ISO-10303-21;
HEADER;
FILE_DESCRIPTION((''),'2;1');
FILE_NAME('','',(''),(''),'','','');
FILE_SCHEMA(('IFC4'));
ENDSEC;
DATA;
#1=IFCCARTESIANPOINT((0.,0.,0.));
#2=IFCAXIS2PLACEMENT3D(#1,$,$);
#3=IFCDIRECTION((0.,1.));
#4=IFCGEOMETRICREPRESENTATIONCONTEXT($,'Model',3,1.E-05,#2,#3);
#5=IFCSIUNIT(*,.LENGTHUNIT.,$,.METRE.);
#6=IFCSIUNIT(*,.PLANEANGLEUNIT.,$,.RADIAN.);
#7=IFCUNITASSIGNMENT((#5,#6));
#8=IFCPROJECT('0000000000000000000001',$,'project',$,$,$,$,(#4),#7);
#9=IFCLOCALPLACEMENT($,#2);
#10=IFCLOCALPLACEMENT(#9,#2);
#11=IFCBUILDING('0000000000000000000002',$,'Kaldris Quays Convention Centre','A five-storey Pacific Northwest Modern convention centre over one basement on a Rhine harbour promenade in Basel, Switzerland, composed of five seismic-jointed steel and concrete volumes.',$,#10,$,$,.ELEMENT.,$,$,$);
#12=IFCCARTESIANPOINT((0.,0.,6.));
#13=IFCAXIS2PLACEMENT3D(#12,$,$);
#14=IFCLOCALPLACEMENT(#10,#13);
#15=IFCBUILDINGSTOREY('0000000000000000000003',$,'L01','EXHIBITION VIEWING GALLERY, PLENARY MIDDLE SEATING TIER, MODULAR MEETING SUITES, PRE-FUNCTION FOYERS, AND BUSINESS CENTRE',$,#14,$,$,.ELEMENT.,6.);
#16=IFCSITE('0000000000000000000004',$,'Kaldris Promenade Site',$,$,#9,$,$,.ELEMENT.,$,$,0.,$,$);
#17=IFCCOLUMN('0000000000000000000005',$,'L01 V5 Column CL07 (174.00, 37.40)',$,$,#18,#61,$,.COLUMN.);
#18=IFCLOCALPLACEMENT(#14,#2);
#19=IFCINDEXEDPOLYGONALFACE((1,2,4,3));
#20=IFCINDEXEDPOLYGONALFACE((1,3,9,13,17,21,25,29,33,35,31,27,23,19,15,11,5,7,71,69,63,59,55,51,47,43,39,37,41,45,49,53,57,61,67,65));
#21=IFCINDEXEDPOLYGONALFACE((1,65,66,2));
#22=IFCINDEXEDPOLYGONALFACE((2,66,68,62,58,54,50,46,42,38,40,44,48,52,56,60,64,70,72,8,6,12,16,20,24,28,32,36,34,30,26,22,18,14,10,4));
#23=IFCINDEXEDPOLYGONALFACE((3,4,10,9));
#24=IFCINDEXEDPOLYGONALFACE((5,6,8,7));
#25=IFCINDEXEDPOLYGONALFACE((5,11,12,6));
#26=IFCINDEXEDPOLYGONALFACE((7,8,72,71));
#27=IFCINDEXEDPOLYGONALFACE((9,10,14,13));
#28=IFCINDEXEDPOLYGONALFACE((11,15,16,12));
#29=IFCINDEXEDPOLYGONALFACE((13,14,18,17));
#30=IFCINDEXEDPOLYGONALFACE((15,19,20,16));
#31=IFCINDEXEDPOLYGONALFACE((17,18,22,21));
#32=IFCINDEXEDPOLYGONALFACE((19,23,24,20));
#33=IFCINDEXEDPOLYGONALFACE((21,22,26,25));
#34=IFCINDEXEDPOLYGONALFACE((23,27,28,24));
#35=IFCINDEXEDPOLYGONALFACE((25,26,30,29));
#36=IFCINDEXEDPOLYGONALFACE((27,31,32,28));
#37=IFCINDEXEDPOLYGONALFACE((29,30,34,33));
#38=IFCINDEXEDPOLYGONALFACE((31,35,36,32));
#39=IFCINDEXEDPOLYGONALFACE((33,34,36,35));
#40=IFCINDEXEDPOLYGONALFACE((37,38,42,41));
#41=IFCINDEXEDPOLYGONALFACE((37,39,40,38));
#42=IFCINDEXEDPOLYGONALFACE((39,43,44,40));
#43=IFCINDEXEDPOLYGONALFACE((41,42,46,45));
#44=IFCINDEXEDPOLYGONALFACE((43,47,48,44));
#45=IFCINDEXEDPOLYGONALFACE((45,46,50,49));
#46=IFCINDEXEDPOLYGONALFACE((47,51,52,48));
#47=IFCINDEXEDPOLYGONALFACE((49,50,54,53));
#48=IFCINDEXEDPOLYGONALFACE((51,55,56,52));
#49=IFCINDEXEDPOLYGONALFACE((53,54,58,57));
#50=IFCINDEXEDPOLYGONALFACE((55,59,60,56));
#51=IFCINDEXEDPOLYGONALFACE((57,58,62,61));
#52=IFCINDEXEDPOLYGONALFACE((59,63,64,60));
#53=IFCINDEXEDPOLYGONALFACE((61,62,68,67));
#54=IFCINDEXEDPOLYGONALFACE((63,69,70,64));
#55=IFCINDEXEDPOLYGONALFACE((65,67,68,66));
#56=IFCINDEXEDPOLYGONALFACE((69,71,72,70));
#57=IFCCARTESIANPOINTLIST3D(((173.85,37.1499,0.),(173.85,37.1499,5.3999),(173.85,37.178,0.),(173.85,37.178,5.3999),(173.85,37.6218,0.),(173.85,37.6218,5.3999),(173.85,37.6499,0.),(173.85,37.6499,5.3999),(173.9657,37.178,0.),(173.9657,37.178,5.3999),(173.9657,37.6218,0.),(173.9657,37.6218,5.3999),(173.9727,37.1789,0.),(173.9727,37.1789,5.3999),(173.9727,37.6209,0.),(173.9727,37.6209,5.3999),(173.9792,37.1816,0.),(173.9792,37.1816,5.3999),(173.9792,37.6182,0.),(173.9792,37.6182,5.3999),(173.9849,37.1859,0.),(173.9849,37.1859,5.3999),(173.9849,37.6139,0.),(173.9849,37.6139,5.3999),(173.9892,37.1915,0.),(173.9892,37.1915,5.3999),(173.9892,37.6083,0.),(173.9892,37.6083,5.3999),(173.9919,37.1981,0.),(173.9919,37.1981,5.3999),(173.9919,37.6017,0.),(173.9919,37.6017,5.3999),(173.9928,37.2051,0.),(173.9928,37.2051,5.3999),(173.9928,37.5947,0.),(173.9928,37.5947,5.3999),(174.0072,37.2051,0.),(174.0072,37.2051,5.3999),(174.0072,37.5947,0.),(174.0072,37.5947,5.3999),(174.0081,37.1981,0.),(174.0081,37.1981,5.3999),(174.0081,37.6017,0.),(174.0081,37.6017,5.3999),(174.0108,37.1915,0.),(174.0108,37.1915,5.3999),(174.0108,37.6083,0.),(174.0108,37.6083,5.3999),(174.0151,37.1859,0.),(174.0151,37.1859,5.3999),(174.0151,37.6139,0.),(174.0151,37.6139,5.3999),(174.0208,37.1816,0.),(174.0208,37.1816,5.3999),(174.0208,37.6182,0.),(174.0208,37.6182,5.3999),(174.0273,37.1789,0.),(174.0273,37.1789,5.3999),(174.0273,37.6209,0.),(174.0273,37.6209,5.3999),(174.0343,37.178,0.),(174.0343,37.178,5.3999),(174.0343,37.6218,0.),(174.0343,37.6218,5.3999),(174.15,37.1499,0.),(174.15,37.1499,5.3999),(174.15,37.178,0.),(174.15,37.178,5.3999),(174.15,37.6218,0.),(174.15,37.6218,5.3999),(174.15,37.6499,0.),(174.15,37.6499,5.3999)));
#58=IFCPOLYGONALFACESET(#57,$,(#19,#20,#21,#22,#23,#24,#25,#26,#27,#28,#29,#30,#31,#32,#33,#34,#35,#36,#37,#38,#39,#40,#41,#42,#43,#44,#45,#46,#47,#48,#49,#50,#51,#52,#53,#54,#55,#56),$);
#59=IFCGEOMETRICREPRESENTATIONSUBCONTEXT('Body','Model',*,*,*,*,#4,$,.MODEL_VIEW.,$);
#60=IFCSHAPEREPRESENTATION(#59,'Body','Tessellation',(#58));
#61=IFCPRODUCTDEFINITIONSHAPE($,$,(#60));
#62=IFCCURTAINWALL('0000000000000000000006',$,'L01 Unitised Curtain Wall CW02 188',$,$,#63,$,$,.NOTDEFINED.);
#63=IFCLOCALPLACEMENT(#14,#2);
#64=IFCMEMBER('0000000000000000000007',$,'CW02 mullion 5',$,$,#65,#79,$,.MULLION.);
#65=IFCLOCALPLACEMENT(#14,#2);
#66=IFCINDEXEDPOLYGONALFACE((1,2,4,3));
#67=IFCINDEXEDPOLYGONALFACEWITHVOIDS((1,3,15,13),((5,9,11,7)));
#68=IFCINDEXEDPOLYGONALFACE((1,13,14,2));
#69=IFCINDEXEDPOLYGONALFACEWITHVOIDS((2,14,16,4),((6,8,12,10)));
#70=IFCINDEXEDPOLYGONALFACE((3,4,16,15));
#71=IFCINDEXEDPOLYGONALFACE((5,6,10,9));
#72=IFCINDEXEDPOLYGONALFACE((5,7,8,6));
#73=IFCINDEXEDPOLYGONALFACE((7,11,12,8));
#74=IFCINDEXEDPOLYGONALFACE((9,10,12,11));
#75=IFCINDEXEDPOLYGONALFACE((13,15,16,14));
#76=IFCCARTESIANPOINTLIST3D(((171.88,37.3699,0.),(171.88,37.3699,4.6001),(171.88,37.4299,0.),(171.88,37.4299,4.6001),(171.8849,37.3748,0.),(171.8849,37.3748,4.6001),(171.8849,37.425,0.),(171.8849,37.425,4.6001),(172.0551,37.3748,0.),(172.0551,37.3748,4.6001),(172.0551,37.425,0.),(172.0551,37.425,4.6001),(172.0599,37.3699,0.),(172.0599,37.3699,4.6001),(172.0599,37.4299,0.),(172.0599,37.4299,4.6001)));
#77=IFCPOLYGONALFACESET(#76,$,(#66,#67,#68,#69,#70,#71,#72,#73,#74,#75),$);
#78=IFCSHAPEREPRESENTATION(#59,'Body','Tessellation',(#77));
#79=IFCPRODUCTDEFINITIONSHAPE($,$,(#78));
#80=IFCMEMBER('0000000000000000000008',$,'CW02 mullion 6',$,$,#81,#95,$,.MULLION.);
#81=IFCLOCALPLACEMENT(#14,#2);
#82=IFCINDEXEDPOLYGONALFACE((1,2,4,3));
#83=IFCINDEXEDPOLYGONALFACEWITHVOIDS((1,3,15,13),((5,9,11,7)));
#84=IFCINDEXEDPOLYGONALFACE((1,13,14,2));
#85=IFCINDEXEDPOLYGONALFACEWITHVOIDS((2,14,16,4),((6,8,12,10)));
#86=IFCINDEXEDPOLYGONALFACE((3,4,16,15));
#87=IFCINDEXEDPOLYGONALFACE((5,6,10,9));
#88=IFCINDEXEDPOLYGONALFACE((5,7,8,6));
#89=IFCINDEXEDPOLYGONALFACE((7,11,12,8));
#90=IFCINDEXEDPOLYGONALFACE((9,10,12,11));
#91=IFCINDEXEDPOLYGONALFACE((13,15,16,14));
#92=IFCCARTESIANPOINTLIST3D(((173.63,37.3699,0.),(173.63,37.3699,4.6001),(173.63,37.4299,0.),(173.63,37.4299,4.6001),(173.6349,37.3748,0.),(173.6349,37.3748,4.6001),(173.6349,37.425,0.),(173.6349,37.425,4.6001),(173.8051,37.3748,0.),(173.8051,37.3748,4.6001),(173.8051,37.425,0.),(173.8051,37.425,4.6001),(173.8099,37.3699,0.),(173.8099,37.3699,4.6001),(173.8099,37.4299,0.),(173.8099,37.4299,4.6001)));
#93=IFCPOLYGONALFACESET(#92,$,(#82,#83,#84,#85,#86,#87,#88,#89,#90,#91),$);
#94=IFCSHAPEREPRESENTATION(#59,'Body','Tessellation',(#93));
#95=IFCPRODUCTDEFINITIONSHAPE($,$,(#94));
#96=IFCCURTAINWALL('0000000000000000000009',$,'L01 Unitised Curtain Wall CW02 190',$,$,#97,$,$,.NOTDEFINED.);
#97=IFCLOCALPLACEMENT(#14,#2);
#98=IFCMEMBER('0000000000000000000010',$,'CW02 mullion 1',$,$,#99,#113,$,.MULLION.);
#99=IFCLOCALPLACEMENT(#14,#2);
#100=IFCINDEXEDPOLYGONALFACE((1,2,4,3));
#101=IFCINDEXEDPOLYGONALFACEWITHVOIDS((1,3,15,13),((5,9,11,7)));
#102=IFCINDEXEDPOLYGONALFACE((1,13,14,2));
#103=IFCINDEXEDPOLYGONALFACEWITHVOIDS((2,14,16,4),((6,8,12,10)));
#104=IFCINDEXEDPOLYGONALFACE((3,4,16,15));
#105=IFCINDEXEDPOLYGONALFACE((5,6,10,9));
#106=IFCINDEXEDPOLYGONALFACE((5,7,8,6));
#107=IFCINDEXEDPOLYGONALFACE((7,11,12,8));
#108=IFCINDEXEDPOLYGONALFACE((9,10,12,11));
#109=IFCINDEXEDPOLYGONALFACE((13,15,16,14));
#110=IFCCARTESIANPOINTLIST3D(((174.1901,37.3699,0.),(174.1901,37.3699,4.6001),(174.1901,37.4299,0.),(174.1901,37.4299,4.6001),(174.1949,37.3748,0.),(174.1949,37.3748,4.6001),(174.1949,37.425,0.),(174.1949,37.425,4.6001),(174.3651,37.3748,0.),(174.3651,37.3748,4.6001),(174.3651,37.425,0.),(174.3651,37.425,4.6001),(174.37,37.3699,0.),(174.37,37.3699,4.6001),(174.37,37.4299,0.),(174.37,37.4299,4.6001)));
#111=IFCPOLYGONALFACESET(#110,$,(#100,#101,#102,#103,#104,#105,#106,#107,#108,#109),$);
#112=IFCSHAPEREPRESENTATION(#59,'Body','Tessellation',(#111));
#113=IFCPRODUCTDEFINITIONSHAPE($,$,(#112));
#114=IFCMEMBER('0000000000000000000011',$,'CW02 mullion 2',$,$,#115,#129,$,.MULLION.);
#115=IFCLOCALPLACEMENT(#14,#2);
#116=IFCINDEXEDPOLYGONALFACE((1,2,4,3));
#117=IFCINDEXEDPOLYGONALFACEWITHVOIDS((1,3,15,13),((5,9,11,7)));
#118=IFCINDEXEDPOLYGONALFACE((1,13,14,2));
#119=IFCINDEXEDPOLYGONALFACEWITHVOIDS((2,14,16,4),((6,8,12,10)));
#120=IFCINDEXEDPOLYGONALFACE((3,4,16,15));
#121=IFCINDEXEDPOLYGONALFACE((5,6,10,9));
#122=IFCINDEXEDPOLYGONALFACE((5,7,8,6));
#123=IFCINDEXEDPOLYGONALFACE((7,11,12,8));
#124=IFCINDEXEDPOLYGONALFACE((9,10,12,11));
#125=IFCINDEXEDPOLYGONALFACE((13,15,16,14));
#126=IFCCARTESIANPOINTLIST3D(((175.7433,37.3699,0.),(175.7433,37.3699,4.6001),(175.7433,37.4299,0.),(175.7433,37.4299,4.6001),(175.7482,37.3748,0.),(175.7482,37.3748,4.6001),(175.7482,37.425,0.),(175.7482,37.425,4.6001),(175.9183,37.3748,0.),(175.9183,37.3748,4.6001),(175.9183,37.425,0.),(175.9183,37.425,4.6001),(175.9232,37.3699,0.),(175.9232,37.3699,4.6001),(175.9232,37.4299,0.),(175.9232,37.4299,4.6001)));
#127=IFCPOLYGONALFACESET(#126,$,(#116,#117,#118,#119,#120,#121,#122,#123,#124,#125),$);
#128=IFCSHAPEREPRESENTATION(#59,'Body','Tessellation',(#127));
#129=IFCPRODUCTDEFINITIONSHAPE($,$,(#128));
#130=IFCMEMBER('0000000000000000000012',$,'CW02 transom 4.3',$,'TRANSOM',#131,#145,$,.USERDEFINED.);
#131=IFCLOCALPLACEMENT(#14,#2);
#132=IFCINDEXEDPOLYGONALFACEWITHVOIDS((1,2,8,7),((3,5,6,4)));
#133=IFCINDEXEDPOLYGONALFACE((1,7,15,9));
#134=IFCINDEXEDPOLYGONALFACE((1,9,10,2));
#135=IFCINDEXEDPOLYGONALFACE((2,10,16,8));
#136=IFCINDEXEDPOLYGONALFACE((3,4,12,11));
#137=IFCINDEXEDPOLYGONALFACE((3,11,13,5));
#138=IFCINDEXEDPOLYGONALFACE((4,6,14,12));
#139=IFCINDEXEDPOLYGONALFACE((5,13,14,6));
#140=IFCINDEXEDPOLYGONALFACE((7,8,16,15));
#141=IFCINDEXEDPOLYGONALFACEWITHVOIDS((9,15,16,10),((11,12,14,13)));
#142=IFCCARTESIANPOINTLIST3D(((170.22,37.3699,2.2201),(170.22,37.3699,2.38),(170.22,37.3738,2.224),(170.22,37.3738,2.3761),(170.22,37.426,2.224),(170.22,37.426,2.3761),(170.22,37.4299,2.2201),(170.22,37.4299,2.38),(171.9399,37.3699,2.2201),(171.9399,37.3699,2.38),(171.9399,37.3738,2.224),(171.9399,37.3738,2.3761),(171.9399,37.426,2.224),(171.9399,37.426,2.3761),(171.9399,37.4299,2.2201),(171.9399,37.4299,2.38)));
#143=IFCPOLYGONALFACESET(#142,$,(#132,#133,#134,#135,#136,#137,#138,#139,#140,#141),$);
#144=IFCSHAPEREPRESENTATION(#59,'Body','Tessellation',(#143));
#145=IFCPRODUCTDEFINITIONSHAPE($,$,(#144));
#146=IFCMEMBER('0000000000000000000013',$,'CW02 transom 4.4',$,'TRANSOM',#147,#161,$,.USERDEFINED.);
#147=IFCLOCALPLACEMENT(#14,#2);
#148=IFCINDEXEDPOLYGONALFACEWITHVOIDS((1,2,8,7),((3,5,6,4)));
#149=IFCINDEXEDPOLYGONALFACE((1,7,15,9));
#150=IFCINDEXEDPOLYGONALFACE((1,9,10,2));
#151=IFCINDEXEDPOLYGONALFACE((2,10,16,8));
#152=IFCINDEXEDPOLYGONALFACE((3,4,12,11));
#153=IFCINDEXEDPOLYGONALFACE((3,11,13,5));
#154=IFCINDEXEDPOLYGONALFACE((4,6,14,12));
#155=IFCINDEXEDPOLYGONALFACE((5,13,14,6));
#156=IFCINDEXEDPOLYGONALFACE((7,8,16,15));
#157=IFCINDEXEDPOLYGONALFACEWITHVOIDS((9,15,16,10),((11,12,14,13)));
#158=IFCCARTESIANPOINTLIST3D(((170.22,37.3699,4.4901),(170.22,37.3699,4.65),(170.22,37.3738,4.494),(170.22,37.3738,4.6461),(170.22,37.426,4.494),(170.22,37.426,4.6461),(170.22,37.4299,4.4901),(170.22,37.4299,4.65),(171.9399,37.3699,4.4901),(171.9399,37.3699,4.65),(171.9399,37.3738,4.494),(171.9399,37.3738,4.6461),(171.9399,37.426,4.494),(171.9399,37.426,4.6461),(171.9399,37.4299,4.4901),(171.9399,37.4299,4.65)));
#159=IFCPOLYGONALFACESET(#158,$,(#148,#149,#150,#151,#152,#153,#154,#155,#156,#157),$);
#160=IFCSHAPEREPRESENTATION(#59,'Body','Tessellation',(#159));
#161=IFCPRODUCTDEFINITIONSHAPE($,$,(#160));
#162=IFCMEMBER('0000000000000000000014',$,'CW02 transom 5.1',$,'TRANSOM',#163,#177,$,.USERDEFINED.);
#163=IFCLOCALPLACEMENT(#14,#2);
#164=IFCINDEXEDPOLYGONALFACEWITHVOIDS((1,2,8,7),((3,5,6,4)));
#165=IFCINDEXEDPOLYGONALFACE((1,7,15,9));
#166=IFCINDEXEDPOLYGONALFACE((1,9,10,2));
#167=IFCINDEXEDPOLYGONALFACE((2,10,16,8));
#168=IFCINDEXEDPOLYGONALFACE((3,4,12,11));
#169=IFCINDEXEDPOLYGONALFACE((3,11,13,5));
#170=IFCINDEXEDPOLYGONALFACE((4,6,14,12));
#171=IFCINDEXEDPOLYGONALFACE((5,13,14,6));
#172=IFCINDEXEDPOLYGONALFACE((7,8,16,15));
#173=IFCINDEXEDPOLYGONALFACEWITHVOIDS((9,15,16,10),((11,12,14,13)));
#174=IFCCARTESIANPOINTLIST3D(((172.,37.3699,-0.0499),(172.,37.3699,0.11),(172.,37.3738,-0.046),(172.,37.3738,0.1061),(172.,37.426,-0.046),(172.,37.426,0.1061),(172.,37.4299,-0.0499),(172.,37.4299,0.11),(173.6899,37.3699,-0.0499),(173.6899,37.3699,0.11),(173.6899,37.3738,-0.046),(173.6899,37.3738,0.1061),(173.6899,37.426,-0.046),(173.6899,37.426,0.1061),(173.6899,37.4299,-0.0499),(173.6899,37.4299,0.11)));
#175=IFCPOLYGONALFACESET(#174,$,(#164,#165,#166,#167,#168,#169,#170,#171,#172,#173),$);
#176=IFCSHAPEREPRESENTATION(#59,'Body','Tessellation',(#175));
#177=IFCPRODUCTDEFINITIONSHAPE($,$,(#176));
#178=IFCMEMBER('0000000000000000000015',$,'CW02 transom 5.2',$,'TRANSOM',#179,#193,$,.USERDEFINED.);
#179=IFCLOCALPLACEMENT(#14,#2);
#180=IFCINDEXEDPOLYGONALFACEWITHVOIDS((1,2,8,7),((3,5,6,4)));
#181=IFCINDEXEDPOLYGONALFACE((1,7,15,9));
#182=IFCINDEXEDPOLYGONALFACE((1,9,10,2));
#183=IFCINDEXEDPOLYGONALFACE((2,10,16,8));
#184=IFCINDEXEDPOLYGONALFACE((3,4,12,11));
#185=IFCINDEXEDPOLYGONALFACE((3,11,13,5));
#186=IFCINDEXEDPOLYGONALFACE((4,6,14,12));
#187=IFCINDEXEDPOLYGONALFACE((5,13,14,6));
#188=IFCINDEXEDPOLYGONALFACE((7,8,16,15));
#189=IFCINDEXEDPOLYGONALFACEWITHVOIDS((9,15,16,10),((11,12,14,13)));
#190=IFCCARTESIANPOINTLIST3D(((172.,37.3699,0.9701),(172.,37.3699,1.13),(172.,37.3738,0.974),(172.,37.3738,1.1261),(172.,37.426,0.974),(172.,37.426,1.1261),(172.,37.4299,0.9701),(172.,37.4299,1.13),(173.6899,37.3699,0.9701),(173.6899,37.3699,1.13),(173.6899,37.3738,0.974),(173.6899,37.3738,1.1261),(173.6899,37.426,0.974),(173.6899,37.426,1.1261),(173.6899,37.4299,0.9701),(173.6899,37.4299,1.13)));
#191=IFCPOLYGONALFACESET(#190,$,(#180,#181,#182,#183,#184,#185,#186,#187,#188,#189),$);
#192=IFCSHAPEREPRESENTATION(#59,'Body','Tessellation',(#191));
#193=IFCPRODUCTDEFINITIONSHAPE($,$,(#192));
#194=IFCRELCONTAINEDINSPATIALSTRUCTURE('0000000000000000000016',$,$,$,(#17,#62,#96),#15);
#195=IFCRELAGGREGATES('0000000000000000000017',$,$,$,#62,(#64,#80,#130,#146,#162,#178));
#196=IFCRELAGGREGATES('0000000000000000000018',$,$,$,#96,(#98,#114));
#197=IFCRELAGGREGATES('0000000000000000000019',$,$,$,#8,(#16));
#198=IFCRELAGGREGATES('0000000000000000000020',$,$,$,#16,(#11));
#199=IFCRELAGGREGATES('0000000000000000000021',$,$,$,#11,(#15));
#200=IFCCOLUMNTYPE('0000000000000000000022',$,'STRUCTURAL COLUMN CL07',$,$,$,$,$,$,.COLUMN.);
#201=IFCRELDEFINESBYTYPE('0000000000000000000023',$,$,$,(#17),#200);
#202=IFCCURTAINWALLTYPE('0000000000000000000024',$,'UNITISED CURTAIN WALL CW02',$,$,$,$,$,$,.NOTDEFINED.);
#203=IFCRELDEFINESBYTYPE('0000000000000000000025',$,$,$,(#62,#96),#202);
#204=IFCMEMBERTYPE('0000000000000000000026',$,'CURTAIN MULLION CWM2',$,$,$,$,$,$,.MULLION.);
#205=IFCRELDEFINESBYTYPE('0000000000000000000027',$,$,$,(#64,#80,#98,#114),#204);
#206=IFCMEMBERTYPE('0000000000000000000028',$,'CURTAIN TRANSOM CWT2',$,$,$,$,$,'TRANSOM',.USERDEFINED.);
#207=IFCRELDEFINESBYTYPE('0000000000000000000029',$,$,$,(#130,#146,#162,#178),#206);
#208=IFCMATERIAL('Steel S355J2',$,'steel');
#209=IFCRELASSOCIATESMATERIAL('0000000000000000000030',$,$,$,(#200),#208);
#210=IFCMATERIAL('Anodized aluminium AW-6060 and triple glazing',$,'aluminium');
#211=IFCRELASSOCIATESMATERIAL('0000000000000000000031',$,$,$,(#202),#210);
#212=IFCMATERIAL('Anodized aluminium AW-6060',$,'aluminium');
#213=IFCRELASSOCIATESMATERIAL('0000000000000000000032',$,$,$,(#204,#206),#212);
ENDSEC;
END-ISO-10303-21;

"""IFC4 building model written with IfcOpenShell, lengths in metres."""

from ifc_helpers import new_model, si_unit, direction, frame, origin, origin_2d, place, context, subcontext, project, spatial, hollow_rectangle, i_section, extrude, material, material_profile, profile_set, type_object, element, aggregate, save


model = new_model("IFC4")

# Units and contexts
model_context = context("Model", 3, precision=1e-05, world=origin(), true_north=direction((0.0, 1.0)))
body_context = subcontext(model_context, "Body", "Model", "MODEL_VIEW")
ifc_project = project(units=[si_unit("LENGTHUNIT", "METRE"), si_unit("PLANEANGLEUNIT", "RADIAN")], contexts=[model_context])

# Site, building, storey
site_placement = place(None, origin())
site = spatial("IfcSite", under=ifc_project, at=site_placement, Name="Kaldris Promenade Site", CompositionType="ELEMENT", RefElevation=0.0)
building_placement = place(site_placement, origin())
building = spatial("IfcBuilding", under=site, at=building_placement, Name="Kaldris Quays Convention Centre", Description="A five-storey Pacific Northwest Modern convention centre over one basement on a Rhine harbour promenade in Basel, Switzerland, composed of five seismic-jointed steel and concrete volumes.", CompositionType="ELEMENT")
storey_placement = place(building_placement, frame((0.0, 0.0, 6.0)))
storey = spatial("IfcBuildingStorey", under=building, at=storey_placement, Name="L01", Description="EXHIBITION VIEWING GALLERY, PLENARY MIDDLE SEATING TIER, MODULAR MEETING SUITES, PRE-FUNCTION FOYERS, AND BUSINESS CENTRE", CompositionType="ELEMENT", Elevation=6.0)

# Column
ifc_material_1 = material(Name="Steel S355J2", Category="steel")
ifc_material_profile_1 = material_profile(ifc_material_1, i_section(OverallWidth=0.3, OverallDepth=0.5, WebThickness=0.0144, FlangeThickness=0.0281, FilletRadius=0.0271, at=origin_2d()), Name="HEB 500")
ifc_profile_set_1 = profile_set([ifc_material_profile_1], Name="Steel S355J2")
column_type = type_object("IfcColumnType", Name="STRUCTURAL COLUMN CL07", PredefinedType="COLUMN", material=ifc_profile_set_1)
column_placement = place(storey_placement, frame((174.0, 37.3999, 0.0), z_axis=(0.0, 0.0, 1.0), x_axis=(1.0, 0.0, 0.0)))
element("IfcColumn", 1, at=column_placement, inside=storey, type_object=column_type, Name="L01 V5 Column CL07 (174.00, 37.40)", PredefinedType="COLUMN", context=body_context, shape_type="SweptSolid", body=[
    extrude(i_section(OverallWidth=0.3, OverallDepth=0.5, WebThickness=0.0144, FlangeThickness=0.0281, FilletRadius=0.0271, at=origin_2d()), origin(), (0.0, 0.0, 1.0), 5.3999),
])

# Curtain walls, members
ifc_material_2 = material(Name="Anodized aluminium AW-6060 and triple glazing", Category="aluminium")
curtain_wall_type = type_object("IfcCurtainWallType", Name="UNITISED CURTAIN WALL CW02", PredefinedType="NOTDEFINED", material=ifc_material_2)
curtain_wall_1_placement = place(storey_placement, origin())
curtain_wall_1 = element("IfcCurtainWall", 2, at=curtain_wall_1_placement, inside=storey, type_object=curtain_wall_type, Name="L01 Unitised Curtain Wall CW02 188", PredefinedType="NOTDEFINED")
ifc_material_3 = material(Name="Anodized aluminium AW-6060", Category="aluminium")
ifc_material_profile_2 = material_profile(ifc_material_3, hollow_rectangle(XDim=0.0601, YDim=0.1799, WallThickness=0.0049, at=origin_2d()), Name="RHS 180x60x5")
ifc_profile_set_2 = profile_set([ifc_material_profile_2], Name="Anodized aluminium AW-6060")
member_type_1 = type_object("IfcMemberType", Name="CURTAIN MULLION CWM2", PredefinedType="MULLION", material=ifc_profile_set_2)
member_1_placement = place(storey_placement, frame((171.97, 37.3999, 0.0), z_axis=(0.0, 0.0, 1.0), x_axis=(0.0, 1.0, 0.0)))
member_1 = element("IfcMember", 3, at=member_1_placement, type_object=member_type_1, Name="CW02 mullion 5", PredefinedType="MULLION", context=body_context, shape_type="SweptSolid", body=[
    extrude(hollow_rectangle(XDim=0.0601, YDim=0.1799, WallThickness=0.0049, at=origin_2d()), origin(), (0.0, 0.0, 1.0), 4.6001),
])
member_2_placement = place(storey_placement, frame((173.72, 37.3999, 0.0), z_axis=(0.0, 0.0, 1.0), x_axis=(0.0, 1.0, 0.0)))
member_2 = element("IfcMember", 4, at=member_2_placement, type_object=member_type_1, Name="CW02 mullion 6", PredefinedType="MULLION", context=body_context, shape_type="SweptSolid", body=[
    extrude(hollow_rectangle(XDim=0.0601, YDim=0.1799, WallThickness=0.0049, at=origin_2d()), origin(), (0.0, 0.0, 1.0), 4.6001),
])
curtain_wall_2_placement = place(storey_placement, origin())
curtain_wall_2 = element("IfcCurtainWall", 5, at=curtain_wall_2_placement, inside=storey, type_object=curtain_wall_type, Name="L01 Unitised Curtain Wall CW02 190", PredefinedType="NOTDEFINED")
member_3_placement = place(storey_placement, frame((174.28, 37.3999, 0.0), z_axis=(0.0, 0.0, 1.0), x_axis=(0.0, 1.0, 0.0)))
member_3 = element("IfcMember", 6, at=member_3_placement, type_object=member_type_1, Name="CW02 mullion 1", PredefinedType="MULLION", context=body_context, shape_type="SweptSolid", body=[
    extrude(hollow_rectangle(XDim=0.0601, YDim=0.1799, WallThickness=0.0049, at=origin_2d()), origin(), (0.0, 0.0, 1.0), 4.6001),
])
member_4_placement = place(storey_placement, frame((175.8333, 37.3999, 0.0), z_axis=(0.0, 0.0, 1.0), x_axis=(0.0, 1.0, 0.0)))
member_4 = element("IfcMember", 7, at=member_4_placement, type_object=member_type_1, Name="CW02 mullion 2", PredefinedType="MULLION", context=body_context, shape_type="SweptSolid", body=[
    extrude(hollow_rectangle(XDim=0.0601, YDim=0.1799, WallThickness=0.0049, at=origin_2d()), origin(), (0.0, 0.0, 1.0), 4.6001),
])

# Members
ifc_material_profile_3 = material_profile(ifc_material_3, hollow_rectangle(XDim=0.0601, YDim=0.1599, WallThickness=0.0039, at=origin_2d()), Name="RHS 160x60x4")
ifc_profile_set_3 = profile_set([ifc_material_profile_3], Name="Anodized aluminium AW-6060")
member_type_2 = type_object("IfcMemberType", Name="CURTAIN TRANSOM CWT2", ElementType="TRANSOM", PredefinedType="USERDEFINED", material=ifc_profile_set_3)
member_5_placement = place(storey_placement, frame((170.22, 37.3999, 2.3), z_axis=(1.0, 0.0, 0.0), x_axis=(0.0, 1.0, 0.0)))
member_5 = element("IfcMember", 8, at=member_5_placement, type_object=member_type_2, Name="CW02 transom 4.3", ObjectType="TRANSOM", PredefinedType="USERDEFINED", context=body_context, shape_type="SweptSolid", body=[
    extrude(hollow_rectangle(XDim=0.0601, YDim=0.1599, WallThickness=0.0039, at=origin_2d()), origin(), (0.0, 0.0, 1.0), 1.72),
])
member_6_placement = place(storey_placement, frame((170.22, 37.3999, 4.5701), z_axis=(1.0, 0.0, 0.0), x_axis=(0.0, 1.0, 0.0)))
member_6 = element("IfcMember", 9, at=member_6_placement, type_object=member_type_2, Name="CW02 transom 4.4", ObjectType="TRANSOM", PredefinedType="USERDEFINED", context=body_context, shape_type="SweptSolid", body=[
    extrude(hollow_rectangle(XDim=0.0601, YDim=0.1599, WallThickness=0.0039, at=origin_2d()), origin(), (0.0, 0.0, 1.0), 1.72),
])
member_7_placement = place(storey_placement, frame((172.0, 37.3999, 0.03), z_axis=(1.0, 0.0, 0.0), x_axis=(0.0, 1.0, 0.0)))
member_7 = element("IfcMember", 10, at=member_7_placement, type_object=member_type_2, Name="CW02 transom 5.1", ObjectType="TRANSOM", PredefinedType="USERDEFINED", context=body_context, shape_type="SweptSolid", body=[
    extrude(hollow_rectangle(XDim=0.0601, YDim=0.1599, WallThickness=0.0039, at=origin_2d()), origin(), (0.0, 0.0, 1.0), 1.6899),
])
member_8_placement = place(storey_placement, frame((172.0, 37.3999, 1.05), z_axis=(1.0, 0.0, 0.0), x_axis=(0.0, 1.0, 0.0)))
member_8 = element("IfcMember", 11, at=member_8_placement, type_object=member_type_2, Name="CW02 transom 5.2", ObjectType="TRANSOM", PredefinedType="USERDEFINED", context=body_context, shape_type="SweptSolid", body=[
    extrude(hollow_rectangle(XDim=0.0601, YDim=0.1599, WallThickness=0.0039, at=origin_2d()), origin(), (0.0, 0.0, 1.0), 1.6899),
])

aggregate(curtain_wall_1, [member_1, member_2, member_5, member_6, member_7, member_8])
aggregate(curtain_wall_2, [member_3, member_4])

save(model, "model.ifc")
